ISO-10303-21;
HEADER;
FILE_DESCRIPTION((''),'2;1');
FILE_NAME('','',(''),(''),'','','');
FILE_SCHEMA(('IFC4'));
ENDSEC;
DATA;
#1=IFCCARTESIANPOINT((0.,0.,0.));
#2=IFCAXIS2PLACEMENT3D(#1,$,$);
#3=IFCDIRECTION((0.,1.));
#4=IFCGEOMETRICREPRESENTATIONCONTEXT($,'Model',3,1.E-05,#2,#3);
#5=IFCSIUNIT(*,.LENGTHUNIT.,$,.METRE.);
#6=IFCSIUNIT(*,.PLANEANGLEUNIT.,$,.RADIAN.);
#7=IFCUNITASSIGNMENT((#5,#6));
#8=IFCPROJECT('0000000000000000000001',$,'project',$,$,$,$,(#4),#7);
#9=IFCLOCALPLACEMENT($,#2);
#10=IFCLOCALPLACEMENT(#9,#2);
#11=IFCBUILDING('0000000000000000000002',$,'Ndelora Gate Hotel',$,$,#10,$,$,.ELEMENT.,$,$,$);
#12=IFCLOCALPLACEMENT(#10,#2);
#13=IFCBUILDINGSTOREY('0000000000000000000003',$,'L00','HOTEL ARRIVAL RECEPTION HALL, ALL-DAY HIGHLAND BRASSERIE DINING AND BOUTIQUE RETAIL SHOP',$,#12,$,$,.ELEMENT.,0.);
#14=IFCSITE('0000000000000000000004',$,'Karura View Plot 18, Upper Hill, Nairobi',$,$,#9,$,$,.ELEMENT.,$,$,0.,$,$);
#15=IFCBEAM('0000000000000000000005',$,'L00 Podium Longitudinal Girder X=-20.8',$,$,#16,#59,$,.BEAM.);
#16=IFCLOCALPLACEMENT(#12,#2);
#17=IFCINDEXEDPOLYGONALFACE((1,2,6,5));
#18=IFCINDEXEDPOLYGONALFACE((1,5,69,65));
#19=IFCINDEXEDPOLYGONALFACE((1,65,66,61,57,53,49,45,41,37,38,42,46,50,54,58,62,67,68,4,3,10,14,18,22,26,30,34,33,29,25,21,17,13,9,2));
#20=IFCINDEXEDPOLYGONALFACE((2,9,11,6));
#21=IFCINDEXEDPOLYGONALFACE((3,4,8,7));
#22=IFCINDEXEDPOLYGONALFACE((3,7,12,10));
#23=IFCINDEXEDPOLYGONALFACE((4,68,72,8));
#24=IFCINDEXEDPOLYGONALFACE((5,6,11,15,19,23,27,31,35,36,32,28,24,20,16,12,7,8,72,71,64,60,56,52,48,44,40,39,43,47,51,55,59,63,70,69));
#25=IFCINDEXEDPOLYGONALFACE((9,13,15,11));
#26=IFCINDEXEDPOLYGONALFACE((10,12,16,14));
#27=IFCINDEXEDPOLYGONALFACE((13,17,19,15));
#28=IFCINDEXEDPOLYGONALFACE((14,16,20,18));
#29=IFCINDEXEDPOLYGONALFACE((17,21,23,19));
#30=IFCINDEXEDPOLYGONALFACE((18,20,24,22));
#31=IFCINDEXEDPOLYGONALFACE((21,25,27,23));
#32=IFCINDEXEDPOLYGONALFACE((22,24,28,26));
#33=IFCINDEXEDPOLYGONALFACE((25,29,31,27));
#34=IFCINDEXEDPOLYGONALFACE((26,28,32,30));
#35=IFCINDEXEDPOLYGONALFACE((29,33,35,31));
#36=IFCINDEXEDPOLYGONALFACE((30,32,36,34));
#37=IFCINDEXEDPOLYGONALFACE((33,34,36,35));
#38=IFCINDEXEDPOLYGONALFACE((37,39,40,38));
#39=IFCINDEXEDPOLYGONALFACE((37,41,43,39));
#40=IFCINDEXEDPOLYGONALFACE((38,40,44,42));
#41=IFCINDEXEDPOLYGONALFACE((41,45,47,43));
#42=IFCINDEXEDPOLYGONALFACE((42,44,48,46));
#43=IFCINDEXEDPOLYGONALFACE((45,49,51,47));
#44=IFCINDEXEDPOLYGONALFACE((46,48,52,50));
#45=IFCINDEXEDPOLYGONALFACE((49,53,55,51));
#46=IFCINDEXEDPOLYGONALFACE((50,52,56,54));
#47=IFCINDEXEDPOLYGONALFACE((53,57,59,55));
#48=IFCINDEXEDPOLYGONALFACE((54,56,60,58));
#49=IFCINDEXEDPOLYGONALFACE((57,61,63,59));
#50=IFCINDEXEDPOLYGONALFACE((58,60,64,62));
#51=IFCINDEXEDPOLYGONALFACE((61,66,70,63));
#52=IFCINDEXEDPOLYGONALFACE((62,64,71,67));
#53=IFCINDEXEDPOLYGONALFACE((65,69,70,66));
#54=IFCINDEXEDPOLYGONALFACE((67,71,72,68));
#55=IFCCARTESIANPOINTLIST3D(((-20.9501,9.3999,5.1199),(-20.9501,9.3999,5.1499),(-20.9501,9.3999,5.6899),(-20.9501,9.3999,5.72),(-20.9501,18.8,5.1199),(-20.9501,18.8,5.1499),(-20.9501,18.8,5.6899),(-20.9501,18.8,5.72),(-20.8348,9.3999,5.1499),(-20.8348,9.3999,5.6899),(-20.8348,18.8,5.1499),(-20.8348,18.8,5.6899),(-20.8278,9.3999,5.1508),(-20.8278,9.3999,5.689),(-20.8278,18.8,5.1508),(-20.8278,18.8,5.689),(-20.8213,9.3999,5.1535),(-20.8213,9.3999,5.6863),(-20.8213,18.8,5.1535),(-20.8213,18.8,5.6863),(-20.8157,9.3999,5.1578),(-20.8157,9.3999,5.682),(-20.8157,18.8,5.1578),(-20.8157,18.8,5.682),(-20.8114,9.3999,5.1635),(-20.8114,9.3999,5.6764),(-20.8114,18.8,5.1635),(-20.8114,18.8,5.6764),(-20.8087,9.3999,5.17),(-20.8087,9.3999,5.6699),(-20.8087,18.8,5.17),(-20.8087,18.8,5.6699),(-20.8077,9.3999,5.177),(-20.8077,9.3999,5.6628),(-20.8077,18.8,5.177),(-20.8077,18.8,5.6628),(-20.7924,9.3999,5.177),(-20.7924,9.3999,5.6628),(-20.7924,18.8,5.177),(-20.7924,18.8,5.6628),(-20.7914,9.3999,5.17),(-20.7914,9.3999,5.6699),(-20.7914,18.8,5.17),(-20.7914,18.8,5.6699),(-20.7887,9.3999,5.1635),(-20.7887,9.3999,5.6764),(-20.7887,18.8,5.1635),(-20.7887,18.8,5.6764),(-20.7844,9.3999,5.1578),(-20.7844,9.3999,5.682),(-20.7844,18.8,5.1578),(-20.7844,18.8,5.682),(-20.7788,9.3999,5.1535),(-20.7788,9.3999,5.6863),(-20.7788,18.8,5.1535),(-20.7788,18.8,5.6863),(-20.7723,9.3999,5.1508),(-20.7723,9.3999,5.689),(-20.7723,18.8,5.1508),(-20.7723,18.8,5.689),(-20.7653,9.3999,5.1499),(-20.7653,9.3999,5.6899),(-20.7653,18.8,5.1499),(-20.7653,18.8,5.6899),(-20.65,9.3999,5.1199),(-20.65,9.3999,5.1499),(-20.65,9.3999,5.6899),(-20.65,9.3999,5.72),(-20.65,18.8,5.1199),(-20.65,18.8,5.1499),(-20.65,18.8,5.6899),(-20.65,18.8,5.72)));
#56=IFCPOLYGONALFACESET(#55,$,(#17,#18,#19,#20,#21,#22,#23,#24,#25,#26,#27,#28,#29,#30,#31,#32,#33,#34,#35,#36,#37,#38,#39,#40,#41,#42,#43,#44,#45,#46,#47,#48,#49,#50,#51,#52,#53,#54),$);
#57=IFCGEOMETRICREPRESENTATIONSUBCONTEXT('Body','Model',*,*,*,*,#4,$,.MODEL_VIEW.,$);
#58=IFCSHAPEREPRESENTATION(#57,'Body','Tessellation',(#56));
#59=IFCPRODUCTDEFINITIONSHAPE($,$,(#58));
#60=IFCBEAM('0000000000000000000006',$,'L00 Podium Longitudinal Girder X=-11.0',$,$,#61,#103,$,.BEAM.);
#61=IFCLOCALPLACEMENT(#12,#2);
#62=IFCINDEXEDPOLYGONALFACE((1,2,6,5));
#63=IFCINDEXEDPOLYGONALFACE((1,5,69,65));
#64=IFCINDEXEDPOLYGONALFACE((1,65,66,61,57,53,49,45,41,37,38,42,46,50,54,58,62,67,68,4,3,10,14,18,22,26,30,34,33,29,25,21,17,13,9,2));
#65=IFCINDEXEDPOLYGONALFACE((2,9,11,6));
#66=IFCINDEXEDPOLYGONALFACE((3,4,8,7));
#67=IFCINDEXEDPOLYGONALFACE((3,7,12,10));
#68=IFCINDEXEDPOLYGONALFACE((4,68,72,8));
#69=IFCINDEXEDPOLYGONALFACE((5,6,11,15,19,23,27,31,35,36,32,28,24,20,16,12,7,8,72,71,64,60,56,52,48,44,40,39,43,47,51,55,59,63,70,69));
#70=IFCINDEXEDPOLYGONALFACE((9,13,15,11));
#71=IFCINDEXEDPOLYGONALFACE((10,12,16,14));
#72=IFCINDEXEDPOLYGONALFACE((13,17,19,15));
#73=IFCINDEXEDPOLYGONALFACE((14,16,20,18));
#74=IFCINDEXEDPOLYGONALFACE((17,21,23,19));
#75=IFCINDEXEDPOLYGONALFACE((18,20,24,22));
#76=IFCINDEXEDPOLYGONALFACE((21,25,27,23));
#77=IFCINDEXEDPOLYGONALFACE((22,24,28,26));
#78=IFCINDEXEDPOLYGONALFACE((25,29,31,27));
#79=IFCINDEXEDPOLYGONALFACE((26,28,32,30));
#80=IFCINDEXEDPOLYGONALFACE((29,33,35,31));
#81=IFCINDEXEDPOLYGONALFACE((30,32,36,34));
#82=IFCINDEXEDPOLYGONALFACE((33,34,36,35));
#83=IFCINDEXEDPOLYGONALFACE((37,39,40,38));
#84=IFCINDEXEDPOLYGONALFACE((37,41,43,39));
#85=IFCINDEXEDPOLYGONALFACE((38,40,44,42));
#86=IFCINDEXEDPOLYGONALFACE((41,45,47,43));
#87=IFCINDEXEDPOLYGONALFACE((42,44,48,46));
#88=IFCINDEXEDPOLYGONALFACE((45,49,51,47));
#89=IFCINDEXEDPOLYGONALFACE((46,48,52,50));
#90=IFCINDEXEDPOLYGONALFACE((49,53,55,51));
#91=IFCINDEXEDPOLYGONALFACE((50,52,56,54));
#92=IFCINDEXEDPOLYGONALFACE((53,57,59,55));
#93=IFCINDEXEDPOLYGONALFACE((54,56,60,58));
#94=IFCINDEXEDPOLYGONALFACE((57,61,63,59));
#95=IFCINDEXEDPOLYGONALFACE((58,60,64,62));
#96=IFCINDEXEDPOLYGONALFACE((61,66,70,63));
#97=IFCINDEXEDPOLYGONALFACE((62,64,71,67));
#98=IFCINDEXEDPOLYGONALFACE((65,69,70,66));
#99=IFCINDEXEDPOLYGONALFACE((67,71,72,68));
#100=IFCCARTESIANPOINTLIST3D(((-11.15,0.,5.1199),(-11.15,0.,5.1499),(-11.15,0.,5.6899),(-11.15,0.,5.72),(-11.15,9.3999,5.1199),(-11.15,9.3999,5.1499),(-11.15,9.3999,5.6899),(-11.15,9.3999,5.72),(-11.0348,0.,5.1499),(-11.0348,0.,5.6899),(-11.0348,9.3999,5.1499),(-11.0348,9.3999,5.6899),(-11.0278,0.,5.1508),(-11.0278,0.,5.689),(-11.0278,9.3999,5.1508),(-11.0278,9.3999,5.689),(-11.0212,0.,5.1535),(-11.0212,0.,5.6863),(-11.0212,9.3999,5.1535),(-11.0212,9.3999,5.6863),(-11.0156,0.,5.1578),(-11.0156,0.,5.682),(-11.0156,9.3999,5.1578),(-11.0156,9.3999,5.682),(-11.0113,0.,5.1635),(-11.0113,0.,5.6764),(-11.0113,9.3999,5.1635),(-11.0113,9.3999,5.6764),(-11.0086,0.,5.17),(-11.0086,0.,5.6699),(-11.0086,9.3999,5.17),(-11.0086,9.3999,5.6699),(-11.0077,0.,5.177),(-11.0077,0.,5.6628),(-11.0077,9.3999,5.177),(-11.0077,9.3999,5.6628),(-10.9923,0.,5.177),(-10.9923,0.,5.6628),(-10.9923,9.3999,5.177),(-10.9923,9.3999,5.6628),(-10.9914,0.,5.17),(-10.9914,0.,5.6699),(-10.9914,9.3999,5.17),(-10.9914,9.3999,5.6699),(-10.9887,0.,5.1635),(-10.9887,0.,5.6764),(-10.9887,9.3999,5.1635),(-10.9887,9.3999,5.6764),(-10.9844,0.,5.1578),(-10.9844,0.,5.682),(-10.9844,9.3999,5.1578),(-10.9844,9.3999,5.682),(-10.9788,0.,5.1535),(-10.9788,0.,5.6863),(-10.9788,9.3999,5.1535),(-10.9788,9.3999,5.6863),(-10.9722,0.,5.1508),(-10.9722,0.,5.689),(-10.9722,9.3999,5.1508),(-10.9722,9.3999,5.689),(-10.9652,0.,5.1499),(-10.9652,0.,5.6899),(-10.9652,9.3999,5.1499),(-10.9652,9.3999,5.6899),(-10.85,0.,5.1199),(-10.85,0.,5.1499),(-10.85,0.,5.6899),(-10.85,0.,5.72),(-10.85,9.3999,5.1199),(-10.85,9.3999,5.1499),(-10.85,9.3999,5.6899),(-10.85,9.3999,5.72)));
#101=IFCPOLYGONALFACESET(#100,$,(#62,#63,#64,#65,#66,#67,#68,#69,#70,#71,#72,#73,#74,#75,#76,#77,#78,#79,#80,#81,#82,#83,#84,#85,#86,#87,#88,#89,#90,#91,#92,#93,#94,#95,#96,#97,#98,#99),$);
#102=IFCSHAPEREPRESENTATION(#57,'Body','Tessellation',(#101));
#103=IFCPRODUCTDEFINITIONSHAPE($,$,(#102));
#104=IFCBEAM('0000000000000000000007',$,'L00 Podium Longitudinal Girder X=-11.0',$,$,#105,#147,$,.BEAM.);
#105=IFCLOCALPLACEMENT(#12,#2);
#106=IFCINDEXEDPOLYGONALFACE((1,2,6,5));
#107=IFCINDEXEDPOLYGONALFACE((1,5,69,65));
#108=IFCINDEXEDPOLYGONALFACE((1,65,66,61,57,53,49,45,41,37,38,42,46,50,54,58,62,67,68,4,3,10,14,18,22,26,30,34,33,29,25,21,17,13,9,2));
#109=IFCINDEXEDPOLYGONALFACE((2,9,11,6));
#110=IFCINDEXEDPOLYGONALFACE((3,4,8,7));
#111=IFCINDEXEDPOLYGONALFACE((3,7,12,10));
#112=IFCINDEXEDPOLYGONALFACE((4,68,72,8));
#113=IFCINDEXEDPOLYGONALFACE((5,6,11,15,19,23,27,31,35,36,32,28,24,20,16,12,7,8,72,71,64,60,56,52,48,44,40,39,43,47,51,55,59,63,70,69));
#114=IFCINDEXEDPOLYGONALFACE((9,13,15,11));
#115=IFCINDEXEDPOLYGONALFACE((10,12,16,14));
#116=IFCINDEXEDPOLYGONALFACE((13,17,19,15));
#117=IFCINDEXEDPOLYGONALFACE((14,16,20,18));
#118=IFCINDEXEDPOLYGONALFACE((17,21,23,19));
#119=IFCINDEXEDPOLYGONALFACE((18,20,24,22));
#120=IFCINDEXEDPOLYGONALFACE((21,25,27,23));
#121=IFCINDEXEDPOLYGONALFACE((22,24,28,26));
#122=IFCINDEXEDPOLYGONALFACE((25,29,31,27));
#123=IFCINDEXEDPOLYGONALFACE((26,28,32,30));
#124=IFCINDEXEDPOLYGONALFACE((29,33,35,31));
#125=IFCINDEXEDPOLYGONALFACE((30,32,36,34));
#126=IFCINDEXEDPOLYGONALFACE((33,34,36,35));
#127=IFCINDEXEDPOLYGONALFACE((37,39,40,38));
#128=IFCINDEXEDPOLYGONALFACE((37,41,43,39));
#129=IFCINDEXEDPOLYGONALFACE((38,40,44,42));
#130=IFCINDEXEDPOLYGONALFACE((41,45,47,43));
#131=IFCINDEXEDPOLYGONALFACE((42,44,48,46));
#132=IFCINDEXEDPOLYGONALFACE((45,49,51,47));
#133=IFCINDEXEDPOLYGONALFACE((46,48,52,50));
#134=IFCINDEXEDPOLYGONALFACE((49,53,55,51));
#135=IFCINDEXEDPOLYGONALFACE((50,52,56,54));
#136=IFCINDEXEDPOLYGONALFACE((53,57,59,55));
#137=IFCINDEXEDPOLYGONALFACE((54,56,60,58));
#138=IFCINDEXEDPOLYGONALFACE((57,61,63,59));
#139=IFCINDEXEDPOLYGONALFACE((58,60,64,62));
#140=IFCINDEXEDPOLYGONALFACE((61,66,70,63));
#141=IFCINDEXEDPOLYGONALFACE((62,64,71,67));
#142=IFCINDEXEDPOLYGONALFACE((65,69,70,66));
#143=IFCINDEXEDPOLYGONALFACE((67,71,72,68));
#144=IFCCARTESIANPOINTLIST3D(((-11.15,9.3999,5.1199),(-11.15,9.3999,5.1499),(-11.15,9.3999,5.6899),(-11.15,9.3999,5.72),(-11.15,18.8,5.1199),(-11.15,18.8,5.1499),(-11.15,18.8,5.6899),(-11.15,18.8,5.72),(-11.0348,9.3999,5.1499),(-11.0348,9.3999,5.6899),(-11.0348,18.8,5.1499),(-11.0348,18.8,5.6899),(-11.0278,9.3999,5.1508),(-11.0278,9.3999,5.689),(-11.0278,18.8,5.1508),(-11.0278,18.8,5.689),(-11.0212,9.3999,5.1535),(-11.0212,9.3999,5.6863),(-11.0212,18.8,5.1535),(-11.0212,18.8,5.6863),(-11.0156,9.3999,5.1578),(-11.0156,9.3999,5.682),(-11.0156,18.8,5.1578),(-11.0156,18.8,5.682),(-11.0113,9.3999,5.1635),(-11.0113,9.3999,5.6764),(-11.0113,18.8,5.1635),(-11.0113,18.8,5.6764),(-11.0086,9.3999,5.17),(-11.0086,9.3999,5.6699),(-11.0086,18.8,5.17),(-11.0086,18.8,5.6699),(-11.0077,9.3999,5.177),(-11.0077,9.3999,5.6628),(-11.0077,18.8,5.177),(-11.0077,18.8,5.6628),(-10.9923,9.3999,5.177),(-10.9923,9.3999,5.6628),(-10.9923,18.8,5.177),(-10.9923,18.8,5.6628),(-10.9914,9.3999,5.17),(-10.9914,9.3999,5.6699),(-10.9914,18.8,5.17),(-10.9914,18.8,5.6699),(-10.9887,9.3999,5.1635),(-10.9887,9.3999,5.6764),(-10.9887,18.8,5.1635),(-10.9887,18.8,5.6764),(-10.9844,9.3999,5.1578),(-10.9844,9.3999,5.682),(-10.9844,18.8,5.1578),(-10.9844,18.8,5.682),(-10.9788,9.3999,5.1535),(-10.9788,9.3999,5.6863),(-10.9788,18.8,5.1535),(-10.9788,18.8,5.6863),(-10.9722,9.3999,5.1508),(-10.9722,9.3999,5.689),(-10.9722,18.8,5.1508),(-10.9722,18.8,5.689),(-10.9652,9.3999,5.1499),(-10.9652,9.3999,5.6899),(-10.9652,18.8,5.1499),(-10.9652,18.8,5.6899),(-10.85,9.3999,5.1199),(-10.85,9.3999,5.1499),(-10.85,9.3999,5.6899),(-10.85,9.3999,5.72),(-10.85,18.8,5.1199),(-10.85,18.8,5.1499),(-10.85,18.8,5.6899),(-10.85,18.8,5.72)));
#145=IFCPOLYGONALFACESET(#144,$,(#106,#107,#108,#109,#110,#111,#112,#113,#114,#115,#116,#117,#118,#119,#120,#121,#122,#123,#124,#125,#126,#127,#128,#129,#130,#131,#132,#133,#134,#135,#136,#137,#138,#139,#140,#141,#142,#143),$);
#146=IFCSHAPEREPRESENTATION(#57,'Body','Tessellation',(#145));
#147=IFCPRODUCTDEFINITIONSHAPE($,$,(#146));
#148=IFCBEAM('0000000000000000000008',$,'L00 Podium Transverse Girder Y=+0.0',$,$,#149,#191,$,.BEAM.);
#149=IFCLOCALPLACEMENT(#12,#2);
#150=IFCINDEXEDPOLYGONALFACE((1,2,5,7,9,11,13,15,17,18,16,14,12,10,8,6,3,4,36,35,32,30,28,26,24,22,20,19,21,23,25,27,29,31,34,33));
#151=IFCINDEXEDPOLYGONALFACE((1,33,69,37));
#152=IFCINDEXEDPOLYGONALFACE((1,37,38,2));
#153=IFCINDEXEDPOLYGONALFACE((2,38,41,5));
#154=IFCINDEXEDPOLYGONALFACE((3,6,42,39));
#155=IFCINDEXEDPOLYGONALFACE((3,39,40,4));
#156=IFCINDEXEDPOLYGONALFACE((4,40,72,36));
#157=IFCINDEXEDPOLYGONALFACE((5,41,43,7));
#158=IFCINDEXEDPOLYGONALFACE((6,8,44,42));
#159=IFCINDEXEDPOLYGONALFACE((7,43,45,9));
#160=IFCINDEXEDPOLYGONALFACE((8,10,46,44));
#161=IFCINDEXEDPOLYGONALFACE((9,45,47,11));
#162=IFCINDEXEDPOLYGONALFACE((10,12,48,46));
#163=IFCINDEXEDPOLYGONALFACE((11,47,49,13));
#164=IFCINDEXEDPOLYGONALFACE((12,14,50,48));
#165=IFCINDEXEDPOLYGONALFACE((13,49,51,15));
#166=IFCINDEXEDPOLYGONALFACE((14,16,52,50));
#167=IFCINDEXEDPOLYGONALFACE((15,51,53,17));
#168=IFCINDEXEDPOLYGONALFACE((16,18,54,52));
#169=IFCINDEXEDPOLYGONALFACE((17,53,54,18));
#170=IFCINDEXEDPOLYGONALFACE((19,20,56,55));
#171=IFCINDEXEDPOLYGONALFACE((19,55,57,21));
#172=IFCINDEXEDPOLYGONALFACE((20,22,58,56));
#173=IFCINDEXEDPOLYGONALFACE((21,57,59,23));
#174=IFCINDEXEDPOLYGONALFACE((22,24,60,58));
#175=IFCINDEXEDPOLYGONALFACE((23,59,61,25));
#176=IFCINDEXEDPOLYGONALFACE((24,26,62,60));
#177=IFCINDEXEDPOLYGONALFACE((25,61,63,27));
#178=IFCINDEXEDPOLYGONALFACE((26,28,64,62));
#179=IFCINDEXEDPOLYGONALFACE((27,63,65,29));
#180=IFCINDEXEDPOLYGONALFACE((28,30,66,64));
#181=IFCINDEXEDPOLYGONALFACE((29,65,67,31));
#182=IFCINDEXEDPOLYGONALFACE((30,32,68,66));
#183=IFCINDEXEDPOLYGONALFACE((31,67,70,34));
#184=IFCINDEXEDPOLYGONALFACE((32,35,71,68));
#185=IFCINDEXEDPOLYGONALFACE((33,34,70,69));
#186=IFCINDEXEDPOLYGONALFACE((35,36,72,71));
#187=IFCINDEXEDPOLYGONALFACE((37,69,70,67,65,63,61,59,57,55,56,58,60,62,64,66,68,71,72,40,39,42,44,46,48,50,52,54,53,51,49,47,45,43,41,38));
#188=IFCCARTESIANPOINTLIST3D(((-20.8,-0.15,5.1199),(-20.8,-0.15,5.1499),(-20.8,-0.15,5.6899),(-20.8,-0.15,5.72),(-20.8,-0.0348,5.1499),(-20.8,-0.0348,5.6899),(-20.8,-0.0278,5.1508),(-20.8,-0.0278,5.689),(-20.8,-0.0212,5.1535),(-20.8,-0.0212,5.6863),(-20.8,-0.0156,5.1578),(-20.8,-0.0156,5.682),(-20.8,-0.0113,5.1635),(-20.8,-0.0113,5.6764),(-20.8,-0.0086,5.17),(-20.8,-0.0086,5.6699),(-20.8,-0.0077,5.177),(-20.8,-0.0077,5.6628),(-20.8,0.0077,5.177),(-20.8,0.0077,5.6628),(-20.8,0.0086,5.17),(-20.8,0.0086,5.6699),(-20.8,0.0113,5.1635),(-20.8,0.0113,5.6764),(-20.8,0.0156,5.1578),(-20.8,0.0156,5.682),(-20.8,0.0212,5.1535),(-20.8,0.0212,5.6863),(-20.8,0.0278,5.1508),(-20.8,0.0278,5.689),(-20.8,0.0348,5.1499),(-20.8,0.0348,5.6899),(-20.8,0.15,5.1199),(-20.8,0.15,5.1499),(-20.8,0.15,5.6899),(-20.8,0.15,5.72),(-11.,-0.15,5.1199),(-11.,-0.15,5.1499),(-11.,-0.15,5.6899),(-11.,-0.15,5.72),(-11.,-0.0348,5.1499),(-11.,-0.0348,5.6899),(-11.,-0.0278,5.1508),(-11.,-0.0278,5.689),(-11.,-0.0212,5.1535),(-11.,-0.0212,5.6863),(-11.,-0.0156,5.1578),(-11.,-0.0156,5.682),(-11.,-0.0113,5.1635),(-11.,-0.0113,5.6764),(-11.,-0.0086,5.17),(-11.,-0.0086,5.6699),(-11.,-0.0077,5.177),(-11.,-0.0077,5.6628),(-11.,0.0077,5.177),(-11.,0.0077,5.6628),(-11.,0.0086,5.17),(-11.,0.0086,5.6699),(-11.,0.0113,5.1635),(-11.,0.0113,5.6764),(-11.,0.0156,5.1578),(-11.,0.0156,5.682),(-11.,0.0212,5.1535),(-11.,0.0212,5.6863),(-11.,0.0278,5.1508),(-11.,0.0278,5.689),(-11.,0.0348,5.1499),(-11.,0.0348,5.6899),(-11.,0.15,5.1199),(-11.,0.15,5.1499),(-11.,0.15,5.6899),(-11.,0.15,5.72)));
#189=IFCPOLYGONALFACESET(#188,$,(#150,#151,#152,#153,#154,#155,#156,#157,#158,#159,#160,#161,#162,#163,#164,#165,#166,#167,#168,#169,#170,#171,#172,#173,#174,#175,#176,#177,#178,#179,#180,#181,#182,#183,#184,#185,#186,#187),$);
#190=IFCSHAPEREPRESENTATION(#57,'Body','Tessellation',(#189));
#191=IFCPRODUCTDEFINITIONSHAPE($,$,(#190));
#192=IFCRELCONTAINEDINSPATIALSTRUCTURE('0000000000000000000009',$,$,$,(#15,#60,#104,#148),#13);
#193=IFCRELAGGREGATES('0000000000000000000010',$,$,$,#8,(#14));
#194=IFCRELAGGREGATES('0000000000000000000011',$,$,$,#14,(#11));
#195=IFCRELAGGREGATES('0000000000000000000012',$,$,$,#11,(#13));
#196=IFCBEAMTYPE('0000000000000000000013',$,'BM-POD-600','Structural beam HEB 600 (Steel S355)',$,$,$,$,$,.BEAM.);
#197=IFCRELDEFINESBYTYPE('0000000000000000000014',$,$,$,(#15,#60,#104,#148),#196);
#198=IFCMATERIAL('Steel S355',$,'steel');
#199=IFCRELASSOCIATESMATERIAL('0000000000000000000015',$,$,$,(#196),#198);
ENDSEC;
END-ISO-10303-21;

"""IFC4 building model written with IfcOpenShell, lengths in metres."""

from ifc_helpers import new_model, si_unit, direction, frame, origin, origin_2d, place, context, subcontext, project, spatial, i_section, extrude, material, material_profile, profile_set, type_object, element, save


model = new_model("IFC4")

# Units and contexts
model_context = context("Model", 3, precision=1e-05, world=origin(), true_north=direction((0.0, 1.0)))
body_context = subcontext(model_context, "Body", "Model", "MODEL_VIEW")
ifc_project = project(units=[si_unit("LENGTHUNIT", "METRE"), si_unit("PLANEANGLEUNIT", "RADIAN")], contexts=[model_context])

# Site, building, storey
site_placement = place(None, origin())
site = spatial("IfcSite", under=ifc_project, at=site_placement, Name="Karura View Plot 18, Upper Hill, Nairobi", CompositionType="ELEMENT", RefElevation=0.0)
building_placement = place(site_placement, origin())
building = spatial("IfcBuilding", under=site, at=building_placement, Name="Ndelora Gate Hotel", CompositionType="ELEMENT")
storey_placement = place(building_placement, origin())
storey = spatial("IfcBuildingStorey", under=building, at=storey_placement, Name="L00", Description="HOTEL ARRIVAL RECEPTION HALL, ALL-DAY HIGHLAND BRASSERIE DINING AND BOUTIQUE RETAIL SHOP", CompositionType="ELEMENT", Elevation=0.0)

# Beams
ifc_material_1 = material(Name="Steel S355", Category="steel")
ifc_material_profile_1 = material_profile(ifc_material_1, i_section(OverallWidth=0.3, OverallDepth=0.6001, WebThickness=0.0154, FlangeThickness=0.03, FilletRadius=0.0271, at=origin_2d()), Name="HEB 600")
ifc_profile_set_1 = profile_set([ifc_material_profile_1], Name="Steel S355")
beam_type_1 = type_object("IfcBeamType", Name="BM-POD-600", Description="Structural beam HEB 600 (Steel S355)", PredefinedType="BEAM", material=ifc_profile_set_1)
beam_1_placement = place(storey_placement, frame((-20.8, 9.3999, 5.4199), z_axis=(0.0, 1.0, 0.0), x_axis=(-1.0, 0.0, 0.0)))
element("IfcBeam", 1, at=beam_1_placement, inside=storey, type_object=beam_type_1, Name="L00 Podium Longitudinal Girder X=-20.8", PredefinedType="BEAM", context=body_context, shape_type="SweptSolid", body=[
    extrude(i_section(OverallWidth=0.3, OverallDepth=0.6001, WebThickness=0.0154, FlangeThickness=0.03, FilletRadius=0.0271, at=origin_2d()), origin(), (0.0, 0.0, 1.0), 9.4001),
])
beam_2_placement = place(storey_placement, frame((-11.0, 0.0, 5.4199), z_axis=(0.0, 1.0, 0.0), x_axis=(-1.0, 0.0, 0.0)))
element("IfcBeam", 2, at=beam_2_placement, inside=storey, type_object=beam_type_1, Name="L00 Podium Longitudinal Girder X=-11.0", PredefinedType="BEAM", context=body_context, shape_type="SweptSolid", body=[
    extrude(i_section(OverallWidth=0.3, OverallDepth=0.6001, WebThickness=0.0154, FlangeThickness=0.03, FilletRadius=0.0271, at=origin_2d()), origin(), (0.0, 0.0, 1.0), 9.3999),
])
beam_3_placement = place(storey_placement, frame((-11.0, 9.3999, 5.4199), z_axis=(0.0, 1.0, 0.0), x_axis=(-1.0, 0.0, 0.0)))
element("IfcBeam", 3, at=beam_3_placement, inside=storey, type_object=beam_type_1, Name="L00 Podium Longitudinal Girder X=-11.0", PredefinedType="BEAM", context=body_context, shape_type="SweptSolid", body=[
    extrude(i_section(OverallWidth=0.3, OverallDepth=0.6001, WebThickness=0.0154, FlangeThickness=0.03, FilletRadius=0.0271, at=origin_2d()), origin(), (0.0, 0.0, 1.0), 9.4001),
])
for number, where, z_axis, x_axis, name in (
    (4, (-20.8, 0.0, 5.4199), (1.0, 0.0, 0.0), (0.0, 1.0, 0.0), "L00 Podium Transverse Girder Y=+0.0"),
):
    element("IfcBeam", number, at=place(storey_placement, frame(where, z_axis=z_axis, x_axis=x_axis)), inside=storey, type_object=beam_type_1, Name=name, PredefinedType="BEAM", context=body_context, shape_type="SweptSolid", body=[
        extrude(i_section(OverallWidth=0.3, OverallDepth=0.6001, WebThickness=0.0154, FlangeThickness=0.03, FilletRadius=0.0271, at=origin_2d()), origin(), (0.0, 0.0, 1.0), 9.8),
    ])

save(model, "model.ifc")
